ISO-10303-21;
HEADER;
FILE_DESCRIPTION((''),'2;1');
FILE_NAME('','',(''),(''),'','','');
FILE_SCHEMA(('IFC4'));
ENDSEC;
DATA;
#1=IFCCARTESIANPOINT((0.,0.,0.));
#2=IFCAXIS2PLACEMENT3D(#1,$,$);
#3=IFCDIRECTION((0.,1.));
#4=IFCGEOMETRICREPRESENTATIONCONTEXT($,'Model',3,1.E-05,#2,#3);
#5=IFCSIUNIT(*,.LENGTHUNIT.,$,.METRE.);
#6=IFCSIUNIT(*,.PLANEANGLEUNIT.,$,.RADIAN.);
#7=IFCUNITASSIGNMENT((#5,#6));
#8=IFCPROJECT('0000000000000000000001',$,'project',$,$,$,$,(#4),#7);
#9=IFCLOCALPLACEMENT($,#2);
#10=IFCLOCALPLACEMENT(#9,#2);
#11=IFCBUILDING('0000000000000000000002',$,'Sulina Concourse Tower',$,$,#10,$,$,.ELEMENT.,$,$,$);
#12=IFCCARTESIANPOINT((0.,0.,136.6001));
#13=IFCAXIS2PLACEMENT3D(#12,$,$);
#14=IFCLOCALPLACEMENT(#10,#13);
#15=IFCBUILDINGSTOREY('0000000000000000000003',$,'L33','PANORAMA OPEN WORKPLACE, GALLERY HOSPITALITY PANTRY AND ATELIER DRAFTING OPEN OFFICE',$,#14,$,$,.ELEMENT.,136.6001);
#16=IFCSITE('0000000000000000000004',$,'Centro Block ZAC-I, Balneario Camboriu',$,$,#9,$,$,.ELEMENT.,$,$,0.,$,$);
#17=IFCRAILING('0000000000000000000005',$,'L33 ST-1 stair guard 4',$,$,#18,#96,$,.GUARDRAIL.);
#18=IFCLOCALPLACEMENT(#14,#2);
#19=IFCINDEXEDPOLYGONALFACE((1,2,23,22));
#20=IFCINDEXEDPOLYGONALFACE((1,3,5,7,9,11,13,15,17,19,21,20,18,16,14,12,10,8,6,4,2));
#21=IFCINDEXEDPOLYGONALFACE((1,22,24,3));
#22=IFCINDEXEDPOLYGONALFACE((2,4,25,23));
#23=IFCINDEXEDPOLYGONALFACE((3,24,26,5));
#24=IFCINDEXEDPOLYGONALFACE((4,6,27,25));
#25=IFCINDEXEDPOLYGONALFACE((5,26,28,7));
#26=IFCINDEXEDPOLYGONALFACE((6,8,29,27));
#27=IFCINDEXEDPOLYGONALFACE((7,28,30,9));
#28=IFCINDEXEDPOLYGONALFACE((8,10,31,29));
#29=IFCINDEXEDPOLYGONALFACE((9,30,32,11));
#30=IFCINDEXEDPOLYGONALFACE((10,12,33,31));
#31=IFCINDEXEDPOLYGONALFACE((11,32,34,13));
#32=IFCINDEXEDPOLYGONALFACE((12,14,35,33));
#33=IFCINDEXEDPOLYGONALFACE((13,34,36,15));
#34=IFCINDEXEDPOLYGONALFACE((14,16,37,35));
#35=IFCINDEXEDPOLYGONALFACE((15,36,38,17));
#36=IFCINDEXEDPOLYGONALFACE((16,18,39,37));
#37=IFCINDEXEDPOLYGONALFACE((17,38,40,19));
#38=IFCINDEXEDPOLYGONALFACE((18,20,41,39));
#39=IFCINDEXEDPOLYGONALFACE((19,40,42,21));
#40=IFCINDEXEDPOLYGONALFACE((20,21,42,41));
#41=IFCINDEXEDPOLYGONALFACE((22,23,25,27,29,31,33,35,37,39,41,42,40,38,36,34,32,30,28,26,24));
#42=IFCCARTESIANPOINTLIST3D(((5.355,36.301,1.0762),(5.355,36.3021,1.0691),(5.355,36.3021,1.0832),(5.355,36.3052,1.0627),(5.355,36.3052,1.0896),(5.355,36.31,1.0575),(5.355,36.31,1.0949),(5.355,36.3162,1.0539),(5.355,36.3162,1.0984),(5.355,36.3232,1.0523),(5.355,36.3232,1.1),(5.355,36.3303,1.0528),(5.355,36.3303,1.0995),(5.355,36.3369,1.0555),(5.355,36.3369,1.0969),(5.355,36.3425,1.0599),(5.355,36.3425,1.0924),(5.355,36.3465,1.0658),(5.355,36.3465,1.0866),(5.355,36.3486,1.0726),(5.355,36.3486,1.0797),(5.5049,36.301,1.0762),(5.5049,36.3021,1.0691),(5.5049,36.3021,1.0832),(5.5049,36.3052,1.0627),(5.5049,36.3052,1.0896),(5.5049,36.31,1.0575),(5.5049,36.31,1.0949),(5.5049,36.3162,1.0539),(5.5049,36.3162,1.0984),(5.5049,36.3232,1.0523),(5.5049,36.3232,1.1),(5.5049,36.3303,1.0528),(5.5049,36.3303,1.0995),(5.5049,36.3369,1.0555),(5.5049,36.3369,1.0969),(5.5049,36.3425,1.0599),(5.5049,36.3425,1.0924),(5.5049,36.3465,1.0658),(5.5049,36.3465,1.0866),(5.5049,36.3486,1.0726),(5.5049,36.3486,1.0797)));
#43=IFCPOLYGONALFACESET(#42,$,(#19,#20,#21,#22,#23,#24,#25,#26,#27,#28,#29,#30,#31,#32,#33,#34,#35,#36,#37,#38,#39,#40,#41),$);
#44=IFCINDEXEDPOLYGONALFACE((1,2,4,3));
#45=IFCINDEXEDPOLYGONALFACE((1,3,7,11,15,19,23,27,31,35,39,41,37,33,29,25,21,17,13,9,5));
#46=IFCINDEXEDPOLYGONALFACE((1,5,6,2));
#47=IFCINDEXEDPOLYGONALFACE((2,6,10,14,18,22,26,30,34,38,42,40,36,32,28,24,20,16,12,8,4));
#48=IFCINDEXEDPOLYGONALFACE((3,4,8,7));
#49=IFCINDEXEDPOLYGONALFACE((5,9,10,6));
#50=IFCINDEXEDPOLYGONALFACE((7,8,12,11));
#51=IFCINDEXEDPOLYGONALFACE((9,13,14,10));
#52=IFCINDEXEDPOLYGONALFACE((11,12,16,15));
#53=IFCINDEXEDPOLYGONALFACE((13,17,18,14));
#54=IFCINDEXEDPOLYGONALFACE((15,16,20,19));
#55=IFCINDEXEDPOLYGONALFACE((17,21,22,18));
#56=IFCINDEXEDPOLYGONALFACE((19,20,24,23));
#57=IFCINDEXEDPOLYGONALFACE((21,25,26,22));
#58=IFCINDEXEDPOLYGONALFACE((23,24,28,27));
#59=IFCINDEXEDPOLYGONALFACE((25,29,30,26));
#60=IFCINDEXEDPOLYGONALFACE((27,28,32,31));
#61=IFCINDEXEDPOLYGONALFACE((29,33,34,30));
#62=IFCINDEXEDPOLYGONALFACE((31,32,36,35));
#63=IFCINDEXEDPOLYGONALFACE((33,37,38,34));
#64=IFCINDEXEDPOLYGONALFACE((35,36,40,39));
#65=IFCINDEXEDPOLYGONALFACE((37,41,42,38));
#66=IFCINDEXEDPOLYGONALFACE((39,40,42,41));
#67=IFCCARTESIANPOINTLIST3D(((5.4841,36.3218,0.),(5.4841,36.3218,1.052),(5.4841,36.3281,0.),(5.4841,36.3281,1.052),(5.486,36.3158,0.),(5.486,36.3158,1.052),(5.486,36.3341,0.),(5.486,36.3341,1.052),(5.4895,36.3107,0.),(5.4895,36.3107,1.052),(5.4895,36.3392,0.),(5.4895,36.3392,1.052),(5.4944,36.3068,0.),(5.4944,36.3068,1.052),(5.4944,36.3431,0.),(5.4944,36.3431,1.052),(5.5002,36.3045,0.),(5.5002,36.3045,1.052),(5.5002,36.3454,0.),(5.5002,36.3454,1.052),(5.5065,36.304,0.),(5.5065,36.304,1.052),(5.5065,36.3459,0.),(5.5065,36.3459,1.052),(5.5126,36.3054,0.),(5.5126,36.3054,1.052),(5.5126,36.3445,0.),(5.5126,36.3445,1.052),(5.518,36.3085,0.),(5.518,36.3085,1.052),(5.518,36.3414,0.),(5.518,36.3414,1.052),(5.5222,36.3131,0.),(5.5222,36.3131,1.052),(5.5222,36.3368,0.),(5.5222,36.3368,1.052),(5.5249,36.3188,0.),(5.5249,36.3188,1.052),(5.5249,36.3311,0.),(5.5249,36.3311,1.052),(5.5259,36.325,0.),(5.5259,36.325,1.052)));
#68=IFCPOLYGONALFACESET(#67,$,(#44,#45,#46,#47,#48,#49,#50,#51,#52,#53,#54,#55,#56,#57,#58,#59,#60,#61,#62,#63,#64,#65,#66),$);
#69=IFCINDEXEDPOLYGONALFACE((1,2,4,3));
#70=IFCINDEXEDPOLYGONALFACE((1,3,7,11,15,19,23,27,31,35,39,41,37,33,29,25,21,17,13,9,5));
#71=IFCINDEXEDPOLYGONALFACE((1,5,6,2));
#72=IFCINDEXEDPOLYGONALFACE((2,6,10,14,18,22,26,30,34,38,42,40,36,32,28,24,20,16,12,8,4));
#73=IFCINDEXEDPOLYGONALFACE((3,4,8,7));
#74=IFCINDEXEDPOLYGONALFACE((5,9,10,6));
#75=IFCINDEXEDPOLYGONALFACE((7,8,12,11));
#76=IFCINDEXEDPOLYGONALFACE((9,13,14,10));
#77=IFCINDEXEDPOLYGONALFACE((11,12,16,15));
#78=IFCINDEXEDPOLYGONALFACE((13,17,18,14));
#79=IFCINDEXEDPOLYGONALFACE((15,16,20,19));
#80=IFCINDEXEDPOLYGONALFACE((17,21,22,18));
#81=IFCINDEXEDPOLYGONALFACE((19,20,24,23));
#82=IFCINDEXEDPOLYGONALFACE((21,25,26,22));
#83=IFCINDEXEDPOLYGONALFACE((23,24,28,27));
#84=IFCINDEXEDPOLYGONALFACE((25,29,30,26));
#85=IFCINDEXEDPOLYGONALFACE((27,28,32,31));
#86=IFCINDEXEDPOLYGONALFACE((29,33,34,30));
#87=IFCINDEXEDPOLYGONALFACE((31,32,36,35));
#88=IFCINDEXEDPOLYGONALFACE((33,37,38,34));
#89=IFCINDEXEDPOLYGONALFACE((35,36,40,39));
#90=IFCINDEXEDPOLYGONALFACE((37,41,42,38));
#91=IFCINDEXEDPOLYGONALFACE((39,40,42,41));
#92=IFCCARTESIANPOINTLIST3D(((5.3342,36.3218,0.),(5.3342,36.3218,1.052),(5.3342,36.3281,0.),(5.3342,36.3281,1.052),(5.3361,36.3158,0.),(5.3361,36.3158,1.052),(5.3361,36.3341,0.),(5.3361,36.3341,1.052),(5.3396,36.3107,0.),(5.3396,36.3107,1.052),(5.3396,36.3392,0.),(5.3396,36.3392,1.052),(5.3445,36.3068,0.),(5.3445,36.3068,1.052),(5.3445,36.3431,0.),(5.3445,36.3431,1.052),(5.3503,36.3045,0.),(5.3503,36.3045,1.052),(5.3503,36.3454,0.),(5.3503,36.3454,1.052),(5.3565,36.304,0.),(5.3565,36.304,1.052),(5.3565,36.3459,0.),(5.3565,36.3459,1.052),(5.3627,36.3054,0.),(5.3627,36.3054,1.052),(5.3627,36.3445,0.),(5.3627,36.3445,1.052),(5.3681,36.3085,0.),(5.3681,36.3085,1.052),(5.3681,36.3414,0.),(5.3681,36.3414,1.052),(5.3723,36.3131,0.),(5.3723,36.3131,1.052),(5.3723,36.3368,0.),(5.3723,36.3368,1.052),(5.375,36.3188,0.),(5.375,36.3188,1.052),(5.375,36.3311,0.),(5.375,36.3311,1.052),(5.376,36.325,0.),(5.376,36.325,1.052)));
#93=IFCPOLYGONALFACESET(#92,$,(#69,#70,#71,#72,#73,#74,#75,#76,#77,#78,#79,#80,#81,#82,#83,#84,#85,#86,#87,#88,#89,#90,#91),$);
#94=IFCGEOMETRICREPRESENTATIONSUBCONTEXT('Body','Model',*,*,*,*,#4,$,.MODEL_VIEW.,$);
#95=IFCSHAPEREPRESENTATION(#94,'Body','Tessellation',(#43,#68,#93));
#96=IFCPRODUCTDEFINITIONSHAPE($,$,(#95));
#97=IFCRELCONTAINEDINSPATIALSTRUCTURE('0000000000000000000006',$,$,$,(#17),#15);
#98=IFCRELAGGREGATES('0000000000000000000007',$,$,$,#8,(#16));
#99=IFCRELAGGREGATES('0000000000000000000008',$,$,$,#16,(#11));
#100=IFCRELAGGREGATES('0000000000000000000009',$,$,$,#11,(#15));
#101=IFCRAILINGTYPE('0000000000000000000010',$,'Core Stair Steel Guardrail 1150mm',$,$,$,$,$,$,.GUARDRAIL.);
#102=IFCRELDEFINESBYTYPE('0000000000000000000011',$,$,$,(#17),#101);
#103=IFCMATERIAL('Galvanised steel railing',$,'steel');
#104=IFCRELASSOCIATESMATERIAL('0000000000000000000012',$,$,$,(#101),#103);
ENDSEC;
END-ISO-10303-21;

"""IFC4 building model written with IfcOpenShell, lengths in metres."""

from ifc_helpers import new_model, si_unit, direction, frame, origin, origin_2d, place, context, subcontext, project, spatial, circle, extrude, material, type_object, element, save


model = new_model("IFC4")

# Units and contexts
model_context = context("Model", 3, precision=1e-05, world=origin(), true_north=direction((0.0, 1.0)))
body_context = subcontext(model_context, "Body", "Model", "MODEL_VIEW")
ifc_project = project(units=[si_unit("LENGTHUNIT", "METRE"), si_unit("PLANEANGLEUNIT", "RADIAN")], contexts=[model_context])

# Site, building, storey
site_placement = place(None, origin())
site = spatial("IfcSite", under=ifc_project, at=site_placement, Name="Centro Block ZAC-I, Balneario Camboriu", CompositionType="ELEMENT", RefElevation=0.0)
building_placement = place(site_placement, origin())
building = spatial("IfcBuilding", under=site, at=building_placement, Name="Sulina Concourse Tower", CompositionType="ELEMENT")
storey_placement = place(building_placement, frame((0.0, 0.0, 136.6001)))
storey = spatial("IfcBuildingStorey", under=building, at=storey_placement, Name="L33", Description="PANORAMA OPEN WORKPLACE, GALLERY HOSPITALITY PANTRY AND ATELIER DRAFTING OPEN OFFICE", CompositionType="ELEMENT", Elevation=136.6001)

# Railing
ifc_material_1 = material(Name="Galvanised steel railing", Category="steel")
railing_type_1 = type_object("IfcRailingType", Name="Core Stair Steel Guardrail 1150mm", PredefinedType="GUARDRAIL", material=ifc_material_1)
railing_1_placement = place(storey_placement, frame((5.5049, 36.325, 0.0)))
element("IfcRailing", 1, at=railing_1_placement, inside=storey, type_object=railing_type_1, Name="L33 ST-1 stair guard 4", PredefinedType="GUARDRAIL", context=body_context, shape_type="SweptSolid", body=[
    extrude(circle(Radius=0.0239, at=origin_2d()), frame((0.0, 0.0, 1.0762), z_axis=(-1.0, 0.0, 0.0), x_axis=(0.0, -1.0, 0.0)), (0.0, 0.0, 1.0), 0.1499),
    extrude(circle(Radius=0.021, at=origin_2d()), origin(), (0.0, 0.0, 1.0), 1.052),
    extrude(circle(Radius=0.021, at=origin_2d()), frame((-0.1499, 0.0, 0.0)), (0.0, 0.0, 1.0), 1.052),
])

save(model, "model.ifc")
